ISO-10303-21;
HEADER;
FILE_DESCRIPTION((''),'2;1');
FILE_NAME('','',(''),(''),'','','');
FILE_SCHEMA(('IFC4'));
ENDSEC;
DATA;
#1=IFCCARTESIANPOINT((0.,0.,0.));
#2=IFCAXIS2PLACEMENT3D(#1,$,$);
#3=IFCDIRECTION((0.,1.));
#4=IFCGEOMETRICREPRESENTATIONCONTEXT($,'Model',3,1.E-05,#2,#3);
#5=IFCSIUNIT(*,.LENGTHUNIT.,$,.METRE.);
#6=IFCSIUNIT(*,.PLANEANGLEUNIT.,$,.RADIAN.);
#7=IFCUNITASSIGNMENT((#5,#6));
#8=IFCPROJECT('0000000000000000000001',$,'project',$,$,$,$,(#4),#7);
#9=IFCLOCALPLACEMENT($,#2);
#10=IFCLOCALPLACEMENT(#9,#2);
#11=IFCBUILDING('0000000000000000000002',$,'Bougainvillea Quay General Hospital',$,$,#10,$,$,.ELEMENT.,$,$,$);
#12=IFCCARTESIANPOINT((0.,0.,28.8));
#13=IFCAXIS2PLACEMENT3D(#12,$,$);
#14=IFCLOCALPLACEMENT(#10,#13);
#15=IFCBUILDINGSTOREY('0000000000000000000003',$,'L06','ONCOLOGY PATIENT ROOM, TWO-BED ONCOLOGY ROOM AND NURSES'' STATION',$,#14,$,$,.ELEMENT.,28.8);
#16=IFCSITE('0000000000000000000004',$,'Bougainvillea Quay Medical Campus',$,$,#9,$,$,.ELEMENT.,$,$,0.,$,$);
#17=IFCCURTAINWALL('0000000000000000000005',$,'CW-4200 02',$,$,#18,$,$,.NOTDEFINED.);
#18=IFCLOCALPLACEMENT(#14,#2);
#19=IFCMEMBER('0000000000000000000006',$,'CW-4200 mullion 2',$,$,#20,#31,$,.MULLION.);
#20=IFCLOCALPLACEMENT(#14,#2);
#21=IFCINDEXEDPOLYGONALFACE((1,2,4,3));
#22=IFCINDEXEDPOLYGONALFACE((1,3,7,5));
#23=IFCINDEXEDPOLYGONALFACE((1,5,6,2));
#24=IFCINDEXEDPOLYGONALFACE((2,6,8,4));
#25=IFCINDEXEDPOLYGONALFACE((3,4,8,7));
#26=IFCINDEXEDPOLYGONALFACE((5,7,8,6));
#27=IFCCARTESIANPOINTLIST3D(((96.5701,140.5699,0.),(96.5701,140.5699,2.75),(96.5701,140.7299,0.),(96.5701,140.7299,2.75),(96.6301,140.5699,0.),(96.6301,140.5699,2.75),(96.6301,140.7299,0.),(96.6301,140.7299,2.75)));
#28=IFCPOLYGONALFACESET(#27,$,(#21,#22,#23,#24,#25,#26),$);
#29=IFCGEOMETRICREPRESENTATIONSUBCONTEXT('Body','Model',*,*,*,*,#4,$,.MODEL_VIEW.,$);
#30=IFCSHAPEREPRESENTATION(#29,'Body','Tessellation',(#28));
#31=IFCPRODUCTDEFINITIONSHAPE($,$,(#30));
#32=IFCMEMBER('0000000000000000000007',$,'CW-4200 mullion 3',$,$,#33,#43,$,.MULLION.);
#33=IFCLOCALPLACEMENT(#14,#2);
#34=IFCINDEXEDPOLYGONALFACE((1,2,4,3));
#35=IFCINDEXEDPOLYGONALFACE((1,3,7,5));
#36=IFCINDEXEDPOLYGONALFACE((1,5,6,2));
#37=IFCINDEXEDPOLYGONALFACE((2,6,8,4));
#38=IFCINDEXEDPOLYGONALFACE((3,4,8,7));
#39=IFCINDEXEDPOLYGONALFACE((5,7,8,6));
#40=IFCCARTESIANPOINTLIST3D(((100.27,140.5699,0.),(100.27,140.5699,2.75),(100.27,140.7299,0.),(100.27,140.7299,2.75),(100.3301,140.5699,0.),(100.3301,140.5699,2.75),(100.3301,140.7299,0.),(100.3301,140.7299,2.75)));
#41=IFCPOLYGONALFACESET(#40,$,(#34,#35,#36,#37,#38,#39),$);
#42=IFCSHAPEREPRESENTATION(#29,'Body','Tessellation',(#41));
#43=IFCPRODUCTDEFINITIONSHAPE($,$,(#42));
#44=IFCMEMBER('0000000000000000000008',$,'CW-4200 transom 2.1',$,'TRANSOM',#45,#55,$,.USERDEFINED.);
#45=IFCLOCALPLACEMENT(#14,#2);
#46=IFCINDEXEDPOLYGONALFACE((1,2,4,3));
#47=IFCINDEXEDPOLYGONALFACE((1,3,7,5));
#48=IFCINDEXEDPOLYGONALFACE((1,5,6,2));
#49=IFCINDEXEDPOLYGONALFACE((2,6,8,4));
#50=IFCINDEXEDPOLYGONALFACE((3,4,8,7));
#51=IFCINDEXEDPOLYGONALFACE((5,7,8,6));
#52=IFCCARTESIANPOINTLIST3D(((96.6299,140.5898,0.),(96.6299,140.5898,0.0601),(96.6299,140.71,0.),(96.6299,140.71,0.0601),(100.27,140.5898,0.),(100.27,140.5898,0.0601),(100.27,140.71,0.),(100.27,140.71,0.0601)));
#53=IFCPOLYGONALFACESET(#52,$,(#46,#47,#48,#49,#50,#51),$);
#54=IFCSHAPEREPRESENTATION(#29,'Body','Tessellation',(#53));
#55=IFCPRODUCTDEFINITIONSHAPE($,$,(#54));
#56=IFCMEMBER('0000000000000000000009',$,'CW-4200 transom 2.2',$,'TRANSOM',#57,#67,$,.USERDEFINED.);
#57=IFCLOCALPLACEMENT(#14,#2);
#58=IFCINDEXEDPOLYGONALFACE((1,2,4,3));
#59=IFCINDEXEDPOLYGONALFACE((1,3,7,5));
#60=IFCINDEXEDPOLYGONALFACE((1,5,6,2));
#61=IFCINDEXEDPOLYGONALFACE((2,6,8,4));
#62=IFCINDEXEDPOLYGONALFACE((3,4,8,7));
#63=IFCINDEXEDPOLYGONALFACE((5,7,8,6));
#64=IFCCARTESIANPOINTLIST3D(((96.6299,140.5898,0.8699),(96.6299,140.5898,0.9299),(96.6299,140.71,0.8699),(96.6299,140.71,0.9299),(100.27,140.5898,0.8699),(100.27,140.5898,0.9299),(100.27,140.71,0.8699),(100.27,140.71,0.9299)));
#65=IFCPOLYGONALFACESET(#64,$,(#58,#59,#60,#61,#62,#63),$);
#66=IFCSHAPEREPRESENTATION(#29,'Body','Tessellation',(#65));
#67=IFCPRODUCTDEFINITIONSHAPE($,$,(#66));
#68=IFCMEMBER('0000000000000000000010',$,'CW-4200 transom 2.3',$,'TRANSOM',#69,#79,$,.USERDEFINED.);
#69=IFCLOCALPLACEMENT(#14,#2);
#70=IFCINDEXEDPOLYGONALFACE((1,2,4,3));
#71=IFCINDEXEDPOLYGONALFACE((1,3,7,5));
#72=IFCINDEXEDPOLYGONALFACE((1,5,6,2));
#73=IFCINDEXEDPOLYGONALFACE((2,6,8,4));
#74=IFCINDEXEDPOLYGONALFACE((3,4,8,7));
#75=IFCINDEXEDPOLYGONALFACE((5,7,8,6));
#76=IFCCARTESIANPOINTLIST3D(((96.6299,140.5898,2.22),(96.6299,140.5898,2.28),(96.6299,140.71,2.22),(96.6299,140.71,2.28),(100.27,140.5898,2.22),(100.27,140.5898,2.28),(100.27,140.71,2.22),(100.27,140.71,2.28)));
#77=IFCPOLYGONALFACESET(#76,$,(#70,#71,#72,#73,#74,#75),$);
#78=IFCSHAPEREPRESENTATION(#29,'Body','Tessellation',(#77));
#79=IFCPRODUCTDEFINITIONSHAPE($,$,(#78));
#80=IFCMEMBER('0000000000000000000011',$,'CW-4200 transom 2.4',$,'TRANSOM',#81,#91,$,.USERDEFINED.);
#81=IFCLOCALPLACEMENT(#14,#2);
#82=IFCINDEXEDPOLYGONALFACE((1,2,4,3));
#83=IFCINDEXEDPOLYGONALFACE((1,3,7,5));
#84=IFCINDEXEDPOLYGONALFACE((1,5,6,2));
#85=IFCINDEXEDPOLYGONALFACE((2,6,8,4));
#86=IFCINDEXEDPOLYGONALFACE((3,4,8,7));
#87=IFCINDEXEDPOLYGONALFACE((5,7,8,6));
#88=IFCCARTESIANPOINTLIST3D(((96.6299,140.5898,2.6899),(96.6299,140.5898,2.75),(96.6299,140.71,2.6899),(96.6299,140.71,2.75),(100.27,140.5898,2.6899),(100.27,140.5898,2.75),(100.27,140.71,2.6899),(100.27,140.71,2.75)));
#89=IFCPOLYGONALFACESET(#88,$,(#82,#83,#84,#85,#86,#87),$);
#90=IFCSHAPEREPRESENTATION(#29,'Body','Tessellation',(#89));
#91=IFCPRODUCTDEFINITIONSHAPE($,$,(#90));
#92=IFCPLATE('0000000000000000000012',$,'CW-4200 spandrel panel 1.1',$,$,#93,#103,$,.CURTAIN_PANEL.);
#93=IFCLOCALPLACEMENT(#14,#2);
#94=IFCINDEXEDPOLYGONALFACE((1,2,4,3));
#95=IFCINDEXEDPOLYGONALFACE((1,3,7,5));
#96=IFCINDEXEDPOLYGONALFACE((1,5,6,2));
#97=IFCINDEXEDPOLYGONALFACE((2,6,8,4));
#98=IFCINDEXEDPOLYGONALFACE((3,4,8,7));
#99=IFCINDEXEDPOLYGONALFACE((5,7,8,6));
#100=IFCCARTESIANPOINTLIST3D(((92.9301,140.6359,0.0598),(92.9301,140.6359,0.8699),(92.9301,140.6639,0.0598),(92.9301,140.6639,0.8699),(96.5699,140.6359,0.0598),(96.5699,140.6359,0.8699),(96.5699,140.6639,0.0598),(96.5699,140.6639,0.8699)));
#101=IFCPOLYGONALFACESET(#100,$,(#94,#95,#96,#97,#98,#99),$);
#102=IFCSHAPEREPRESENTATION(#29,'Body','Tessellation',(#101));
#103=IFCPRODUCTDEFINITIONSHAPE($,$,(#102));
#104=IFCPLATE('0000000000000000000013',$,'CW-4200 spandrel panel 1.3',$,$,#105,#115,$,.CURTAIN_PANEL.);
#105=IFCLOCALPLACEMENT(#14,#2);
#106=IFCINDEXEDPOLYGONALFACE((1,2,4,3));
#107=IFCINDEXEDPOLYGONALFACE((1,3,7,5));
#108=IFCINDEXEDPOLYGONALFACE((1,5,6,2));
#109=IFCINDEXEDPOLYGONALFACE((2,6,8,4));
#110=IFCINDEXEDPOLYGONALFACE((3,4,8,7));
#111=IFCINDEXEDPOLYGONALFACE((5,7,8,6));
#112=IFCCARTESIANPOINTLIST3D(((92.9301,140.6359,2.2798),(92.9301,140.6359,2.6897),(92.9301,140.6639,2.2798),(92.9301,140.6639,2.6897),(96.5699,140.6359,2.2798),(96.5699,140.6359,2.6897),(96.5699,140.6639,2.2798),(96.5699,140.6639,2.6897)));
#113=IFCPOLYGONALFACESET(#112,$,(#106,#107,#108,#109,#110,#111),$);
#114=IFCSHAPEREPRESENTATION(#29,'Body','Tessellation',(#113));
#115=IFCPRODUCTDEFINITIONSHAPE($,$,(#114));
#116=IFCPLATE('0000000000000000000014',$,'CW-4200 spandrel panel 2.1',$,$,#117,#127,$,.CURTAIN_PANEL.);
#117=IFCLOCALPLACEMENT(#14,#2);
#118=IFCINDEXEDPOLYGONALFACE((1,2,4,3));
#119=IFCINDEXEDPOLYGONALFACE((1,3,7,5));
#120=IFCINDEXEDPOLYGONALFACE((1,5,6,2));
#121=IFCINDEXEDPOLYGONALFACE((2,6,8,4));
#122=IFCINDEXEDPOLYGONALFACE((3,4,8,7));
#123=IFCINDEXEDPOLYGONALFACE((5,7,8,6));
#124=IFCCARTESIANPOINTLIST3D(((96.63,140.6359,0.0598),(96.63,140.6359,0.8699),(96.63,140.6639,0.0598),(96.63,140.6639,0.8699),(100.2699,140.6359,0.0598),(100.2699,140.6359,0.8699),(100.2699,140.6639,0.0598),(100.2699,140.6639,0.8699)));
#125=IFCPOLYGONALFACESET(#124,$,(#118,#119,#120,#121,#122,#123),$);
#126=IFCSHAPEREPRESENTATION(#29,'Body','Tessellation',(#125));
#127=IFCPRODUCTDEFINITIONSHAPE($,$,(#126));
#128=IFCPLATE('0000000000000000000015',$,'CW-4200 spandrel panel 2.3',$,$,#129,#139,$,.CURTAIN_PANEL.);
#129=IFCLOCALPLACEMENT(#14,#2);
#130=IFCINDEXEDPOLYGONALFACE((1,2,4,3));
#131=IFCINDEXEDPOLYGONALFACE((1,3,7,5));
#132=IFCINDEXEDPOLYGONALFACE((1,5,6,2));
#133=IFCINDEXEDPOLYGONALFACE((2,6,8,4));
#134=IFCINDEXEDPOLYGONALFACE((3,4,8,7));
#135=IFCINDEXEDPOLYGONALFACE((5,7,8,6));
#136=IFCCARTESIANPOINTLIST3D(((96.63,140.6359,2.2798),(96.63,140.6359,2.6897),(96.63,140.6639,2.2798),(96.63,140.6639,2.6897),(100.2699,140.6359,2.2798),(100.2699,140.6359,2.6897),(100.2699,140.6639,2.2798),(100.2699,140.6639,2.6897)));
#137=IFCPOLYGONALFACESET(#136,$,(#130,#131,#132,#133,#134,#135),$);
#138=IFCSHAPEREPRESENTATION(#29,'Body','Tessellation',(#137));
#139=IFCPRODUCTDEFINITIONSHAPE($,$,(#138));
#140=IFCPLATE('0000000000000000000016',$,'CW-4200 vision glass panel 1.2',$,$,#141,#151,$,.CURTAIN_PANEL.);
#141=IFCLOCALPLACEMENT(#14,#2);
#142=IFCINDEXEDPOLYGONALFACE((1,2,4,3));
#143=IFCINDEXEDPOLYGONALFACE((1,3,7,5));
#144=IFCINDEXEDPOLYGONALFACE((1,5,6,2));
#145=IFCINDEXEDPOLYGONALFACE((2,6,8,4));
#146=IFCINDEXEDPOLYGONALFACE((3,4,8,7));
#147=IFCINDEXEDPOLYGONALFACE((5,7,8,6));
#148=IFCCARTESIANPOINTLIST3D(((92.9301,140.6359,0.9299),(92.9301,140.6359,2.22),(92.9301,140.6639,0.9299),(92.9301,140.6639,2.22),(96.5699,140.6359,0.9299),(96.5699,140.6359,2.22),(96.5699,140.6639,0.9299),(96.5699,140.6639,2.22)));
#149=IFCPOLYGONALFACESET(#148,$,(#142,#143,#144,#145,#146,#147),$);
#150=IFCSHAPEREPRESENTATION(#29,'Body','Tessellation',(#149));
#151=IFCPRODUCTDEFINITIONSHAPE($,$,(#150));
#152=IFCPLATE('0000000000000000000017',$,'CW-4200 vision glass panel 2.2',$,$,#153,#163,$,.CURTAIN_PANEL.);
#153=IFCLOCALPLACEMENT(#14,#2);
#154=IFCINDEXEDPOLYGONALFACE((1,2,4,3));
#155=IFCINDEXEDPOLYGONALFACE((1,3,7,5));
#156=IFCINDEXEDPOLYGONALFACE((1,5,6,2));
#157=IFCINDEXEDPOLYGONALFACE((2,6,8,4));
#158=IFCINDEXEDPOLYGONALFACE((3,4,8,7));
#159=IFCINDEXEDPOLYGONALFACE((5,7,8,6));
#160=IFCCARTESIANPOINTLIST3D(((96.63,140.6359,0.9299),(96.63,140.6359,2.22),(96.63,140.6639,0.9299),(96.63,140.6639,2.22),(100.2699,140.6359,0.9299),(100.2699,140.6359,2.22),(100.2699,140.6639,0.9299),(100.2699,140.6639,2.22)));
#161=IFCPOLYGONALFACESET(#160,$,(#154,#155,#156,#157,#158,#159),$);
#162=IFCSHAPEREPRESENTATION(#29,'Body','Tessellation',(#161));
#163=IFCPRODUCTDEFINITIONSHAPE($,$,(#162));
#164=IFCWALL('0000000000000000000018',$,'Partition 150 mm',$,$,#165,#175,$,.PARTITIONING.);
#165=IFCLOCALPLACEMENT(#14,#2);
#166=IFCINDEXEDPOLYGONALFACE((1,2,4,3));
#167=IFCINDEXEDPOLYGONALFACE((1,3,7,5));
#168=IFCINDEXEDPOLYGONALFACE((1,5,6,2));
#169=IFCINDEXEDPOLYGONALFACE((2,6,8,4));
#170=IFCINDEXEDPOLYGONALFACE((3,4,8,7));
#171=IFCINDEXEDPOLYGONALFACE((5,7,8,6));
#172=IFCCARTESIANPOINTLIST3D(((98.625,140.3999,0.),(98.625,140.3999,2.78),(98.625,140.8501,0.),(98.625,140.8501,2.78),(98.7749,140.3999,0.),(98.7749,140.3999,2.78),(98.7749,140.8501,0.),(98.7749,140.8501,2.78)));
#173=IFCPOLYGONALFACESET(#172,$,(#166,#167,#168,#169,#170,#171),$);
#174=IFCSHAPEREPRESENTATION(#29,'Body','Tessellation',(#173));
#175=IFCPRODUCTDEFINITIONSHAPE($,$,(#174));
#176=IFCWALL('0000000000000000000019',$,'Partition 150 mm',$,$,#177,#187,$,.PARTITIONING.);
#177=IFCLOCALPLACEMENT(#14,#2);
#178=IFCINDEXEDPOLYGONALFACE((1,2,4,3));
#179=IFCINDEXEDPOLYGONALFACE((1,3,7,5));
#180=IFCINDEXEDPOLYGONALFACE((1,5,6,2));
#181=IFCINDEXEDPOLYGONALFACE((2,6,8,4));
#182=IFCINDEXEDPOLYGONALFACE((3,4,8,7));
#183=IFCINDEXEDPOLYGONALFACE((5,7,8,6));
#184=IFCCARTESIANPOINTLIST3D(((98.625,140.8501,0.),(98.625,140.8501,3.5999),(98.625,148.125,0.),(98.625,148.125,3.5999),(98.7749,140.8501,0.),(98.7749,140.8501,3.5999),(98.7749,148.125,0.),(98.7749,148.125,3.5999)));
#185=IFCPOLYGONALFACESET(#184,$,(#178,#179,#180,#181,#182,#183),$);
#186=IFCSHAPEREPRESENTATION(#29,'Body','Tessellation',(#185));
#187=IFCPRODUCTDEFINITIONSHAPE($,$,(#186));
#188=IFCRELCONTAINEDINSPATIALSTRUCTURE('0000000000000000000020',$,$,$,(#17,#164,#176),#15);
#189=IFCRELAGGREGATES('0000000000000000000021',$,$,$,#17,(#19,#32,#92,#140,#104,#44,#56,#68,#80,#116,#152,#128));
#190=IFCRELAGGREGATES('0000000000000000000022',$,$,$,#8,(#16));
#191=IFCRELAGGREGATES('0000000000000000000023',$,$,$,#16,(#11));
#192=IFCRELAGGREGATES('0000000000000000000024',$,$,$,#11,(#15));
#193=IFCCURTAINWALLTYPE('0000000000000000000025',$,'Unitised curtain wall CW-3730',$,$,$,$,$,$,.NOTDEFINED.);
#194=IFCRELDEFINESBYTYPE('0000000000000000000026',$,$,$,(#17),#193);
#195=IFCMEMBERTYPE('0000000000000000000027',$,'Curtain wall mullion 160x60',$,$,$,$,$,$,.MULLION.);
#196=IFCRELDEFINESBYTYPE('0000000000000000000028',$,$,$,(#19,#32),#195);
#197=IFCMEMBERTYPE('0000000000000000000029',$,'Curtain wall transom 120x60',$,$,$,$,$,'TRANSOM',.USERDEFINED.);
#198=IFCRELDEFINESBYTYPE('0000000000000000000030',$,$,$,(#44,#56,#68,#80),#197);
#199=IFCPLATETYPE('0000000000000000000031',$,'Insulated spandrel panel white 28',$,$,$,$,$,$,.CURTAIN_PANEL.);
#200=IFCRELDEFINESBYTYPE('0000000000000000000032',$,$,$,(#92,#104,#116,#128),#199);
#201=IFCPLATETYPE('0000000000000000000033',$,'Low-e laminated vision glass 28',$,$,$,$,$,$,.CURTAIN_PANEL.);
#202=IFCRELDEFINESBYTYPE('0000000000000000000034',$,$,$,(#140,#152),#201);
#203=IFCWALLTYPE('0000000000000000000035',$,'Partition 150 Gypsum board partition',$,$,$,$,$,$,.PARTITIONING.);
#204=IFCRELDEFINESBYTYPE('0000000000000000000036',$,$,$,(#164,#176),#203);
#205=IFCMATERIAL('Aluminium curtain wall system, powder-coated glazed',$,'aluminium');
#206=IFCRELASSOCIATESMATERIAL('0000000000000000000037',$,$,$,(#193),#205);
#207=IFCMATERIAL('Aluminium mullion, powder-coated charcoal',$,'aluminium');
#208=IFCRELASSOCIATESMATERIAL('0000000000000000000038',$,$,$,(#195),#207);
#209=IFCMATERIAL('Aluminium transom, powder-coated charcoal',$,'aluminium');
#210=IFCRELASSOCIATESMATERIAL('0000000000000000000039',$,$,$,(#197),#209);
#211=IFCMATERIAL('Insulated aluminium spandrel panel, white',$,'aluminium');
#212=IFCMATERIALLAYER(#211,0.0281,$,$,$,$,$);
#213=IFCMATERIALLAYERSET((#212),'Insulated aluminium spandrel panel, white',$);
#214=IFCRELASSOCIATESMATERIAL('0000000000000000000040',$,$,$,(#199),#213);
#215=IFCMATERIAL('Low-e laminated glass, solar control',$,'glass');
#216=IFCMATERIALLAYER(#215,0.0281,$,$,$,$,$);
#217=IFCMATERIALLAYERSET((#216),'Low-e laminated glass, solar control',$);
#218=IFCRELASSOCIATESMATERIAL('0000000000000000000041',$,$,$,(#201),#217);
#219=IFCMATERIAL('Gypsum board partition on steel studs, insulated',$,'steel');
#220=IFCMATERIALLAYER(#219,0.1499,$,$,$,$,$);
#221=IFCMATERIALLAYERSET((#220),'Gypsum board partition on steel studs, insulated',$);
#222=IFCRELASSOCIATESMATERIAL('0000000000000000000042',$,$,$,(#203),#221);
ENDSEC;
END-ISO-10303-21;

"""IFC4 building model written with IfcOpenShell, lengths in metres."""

from ifc_helpers import new_model, si_unit, direction, frame, frame_2d, origin, origin_2d, place, context, subcontext, project, spatial, rectangle, extrude, material, layer, layer_set, material_profile, profile_set, type_object, element, aggregate, save


model = new_model("IFC4")

# Units and contexts
model_context = context("Model", 3, precision=1e-05, world=origin(), true_north=direction((0.0, 1.0)))
body_context = subcontext(model_context, "Body", "Model", "MODEL_VIEW")
ifc_project = project(units=[si_unit("LENGTHUNIT", "METRE"), si_unit("PLANEANGLEUNIT", "RADIAN")], contexts=[model_context])

# Site, building, storey
site_placement = place(None, origin())
site = spatial("IfcSite", under=ifc_project, at=site_placement, Name="Bougainvillea Quay Medical Campus", CompositionType="ELEMENT", RefElevation=0.0)
building_placement = place(site_placement, origin())
building = spatial("IfcBuilding", under=site, at=building_placement, Name="Bougainvillea Quay General Hospital", CompositionType="ELEMENT")
storey_placement = place(building_placement, frame((0.0, 0.0, 28.8)))
storey = spatial("IfcBuildingStorey", under=building, at=storey_placement, Name="L06", Description="ONCOLOGY PATIENT ROOM, TWO-BED ONCOLOGY ROOM AND NURSES' STATION", CompositionType="ELEMENT", Elevation=28.8)

# Curtain wall, members, plates
ifc_material_1 = material(Name="Aluminium curtain wall system, powder-coated glazed", Category="aluminium")
curtain_wall_type = type_object("IfcCurtainWallType", Name="Unitised curtain wall CW-3730", PredefinedType="NOTDEFINED", material=ifc_material_1)
curtain_wall_placement = place(storey_placement, origin())
curtain_wall = element("IfcCurtainWall", 1, at=curtain_wall_placement, inside=storey, type_object=curtain_wall_type, Name="CW-4200 02", PredefinedType="NOTDEFINED")
ifc_material_2 = material(Name="Aluminium mullion, powder-coated charcoal", Category="aluminium")
ifc_material_profile_1 = material_profile(ifc_material_2, rectangle(XDim=0.1599, YDim=0.0601, at=origin_2d()))
ifc_profile_set_1 = profile_set([ifc_material_profile_1], Name="Aluminium mullion, powder-coated charcoal")
member_type_1 = type_object("IfcMemberType", Name="Curtain wall mullion 160x60", PredefinedType="MULLION", material=ifc_profile_set_1)
member_1_placement = place(storey_placement, frame((96.6001, 140.6499, 0.0), z_axis=(0.0, 0.0, 1.0), x_axis=(0.0, 1.0, 0.0)))
member_1 = element("IfcMember", 2, at=member_1_placement, type_object=member_type_1, Name="CW-4200 mullion 2", PredefinedType="MULLION", context=body_context, shape_type="SweptSolid", body=[
    extrude(rectangle(XDim=0.1599, YDim=0.0601, at=origin_2d()), origin(), (0.0, 0.0, 1.0), 2.75),
])
member_2_placement = place(storey_placement, frame((100.3, 140.6499, 0.0), z_axis=(0.0, 0.0, 1.0), x_axis=(0.0, 1.0, 0.0)))
member_2 = element("IfcMember", 3, at=member_2_placement, type_object=member_type_1, Name="CW-4200 mullion 3", PredefinedType="MULLION", context=body_context, shape_type="SweptSolid", body=[
    extrude(rectangle(XDim=0.1599, YDim=0.0601, at=origin_2d()), origin(), (0.0, 0.0, 1.0), 2.75),
])
ifc_material_3 = material(Name="Aluminium transom, powder-coated charcoal", Category="aluminium")
ifc_material_profile_2 = material_profile(ifc_material_3, rectangle(XDim=0.1201, YDim=0.0601, at=origin_2d()))
ifc_profile_set_2 = profile_set([ifc_material_profile_2], Name="Aluminium transom, powder-coated charcoal")
member_type_2 = type_object("IfcMemberType", Name="Curtain wall transom 120x60", ElementType="TRANSOM", PredefinedType="USERDEFINED", material=ifc_profile_set_2)
member_3_placement = place(storey_placement, frame((96.6299, 140.6499, 0.03), z_axis=(1.0, 0.0, 0.0), x_axis=(0.0, 1.0, 0.0)))
member_3 = element("IfcMember", 4, at=member_3_placement, type_object=member_type_2, Name="CW-4200 transom 2.1", ObjectType="TRANSOM", PredefinedType="USERDEFINED", context=body_context, shape_type="SweptSolid", body=[
    extrude(rectangle(XDim=0.1201, YDim=0.0601, at=origin_2d()), origin(), (0.0, 0.0, 1.0), 3.6401),
])
member_4_placement = place(storey_placement, frame((96.6299, 140.6499, 0.8999), z_axis=(1.0, 0.0, 0.0), x_axis=(0.0, 1.0, 0.0)))
member_4 = element("IfcMember", 5, at=member_4_placement, type_object=member_type_2, Name="CW-4200 transom 2.2", ObjectType="TRANSOM", PredefinedType="USERDEFINED", context=body_context, shape_type="SweptSolid", body=[
    extrude(rectangle(XDim=0.1201, YDim=0.0601, at=origin_2d()), origin(), (0.0, 0.0, 1.0), 3.6401),
])
member_5_placement = place(storey_placement, frame((96.6299, 140.6499, 2.25), z_axis=(1.0, 0.0, 0.0), x_axis=(0.0, 1.0, 0.0)))
member_5 = element("IfcMember", 6, at=member_5_placement, type_object=member_type_2, Name="CW-4200 transom 2.3", ObjectType="TRANSOM", PredefinedType="USERDEFINED", context=body_context, shape_type="SweptSolid", body=[
    extrude(rectangle(XDim=0.1201, YDim=0.0601, at=origin_2d()), origin(), (0.0, 0.0, 1.0), 3.6401),
])
member_6_placement = place(storey_placement, frame((96.6299, 140.6499, 2.72), z_axis=(1.0, 0.0, 0.0), x_axis=(0.0, 1.0, 0.0)))
member_6 = element("IfcMember", 7, at=member_6_placement, type_object=member_type_2, Name="CW-4200 transom 2.4", ObjectType="TRANSOM", PredefinedType="USERDEFINED", context=body_context, shape_type="SweptSolid", body=[
    extrude(rectangle(XDim=0.1201, YDim=0.0601, at=origin_2d()), origin(), (0.0, 0.0, 1.0), 3.6401),
])
ifc_material_4 = material(Name="Insulated aluminium spandrel panel, white", Category="aluminium")
ifc_layer_1 = layer(ifc_material_4, 0.0281)
ifc_layer_set_1 = layer_set([ifc_layer_1], Name="Insulated aluminium spandrel panel, white")
plate_type_1 = type_object("IfcPlateType", Name="Insulated spandrel panel white 28", PredefinedType="CURTAIN_PANEL", material=ifc_layer_set_1)
plate_1_placement = place(storey_placement, frame((94.75, 140.6499, 0.0598), z_axis=(0.0, 0.0, 1.0), x_axis=(1.0, 0.0, 0.0)))
plate_1 = element("IfcPlate", 8, at=plate_1_placement, type_object=plate_type_1, Name="CW-4200 spandrel panel 1.1", PredefinedType="CURTAIN_PANEL", context=body_context, shape_type="SweptSolid", body=[
    extrude(rectangle(XDim=3.6399, YDim=0.0281, at=origin_2d()), origin(), (0.0, 0.0, 1.0), 0.8101),
])
plate_2_placement = place(storey_placement, frame((94.75, 140.6499, 2.2798), z_axis=(0.0, 0.0, 1.0), x_axis=(1.0, 0.0, 0.0)))
plate_2 = element("IfcPlate", 9, at=plate_2_placement, type_object=plate_type_1, Name="CW-4200 spandrel panel 1.3", PredefinedType="CURTAIN_PANEL", context=body_context, shape_type="SweptSolid", body=[
    extrude(rectangle(XDim=3.6399, YDim=0.0281, at=origin_2d()), origin(), (0.0, 0.0, 1.0), 0.4099),
])
plate_3_placement = place(storey_placement, frame((98.45, 140.6499, 0.0598), z_axis=(0.0, 0.0, 1.0), x_axis=(1.0, 0.0, 0.0)))
plate_3 = element("IfcPlate", 10, at=plate_3_placement, type_object=plate_type_1, Name="CW-4200 spandrel panel 2.1", PredefinedType="CURTAIN_PANEL", context=body_context, shape_type="SweptSolid", body=[
    extrude(rectangle(XDim=3.6399, YDim=0.0281, at=origin_2d()), origin(), (0.0, 0.0, 1.0), 0.8101),
])
plate_4_placement = place(storey_placement, frame((98.45, 140.6499, 2.2798), z_axis=(0.0, 0.0, 1.0), x_axis=(1.0, 0.0, 0.0)))
plate_4 = element("IfcPlate", 11, at=plate_4_placement, type_object=plate_type_1, Name="CW-4200 spandrel panel 2.3", PredefinedType="CURTAIN_PANEL", context=body_context, shape_type="SweptSolid", body=[
    extrude(rectangle(XDim=3.6399, YDim=0.0281, at=origin_2d()), origin(), (0.0, 0.0, 1.0), 0.4099),
])
ifc_material_5 = material(Name="Low-e laminated glass, solar control", Category="glass")
ifc_layer_2 = layer(ifc_material_5, 0.0281)
ifc_layer_set_2 = layer_set([ifc_layer_2], Name="Low-e laminated glass, solar control")
plate_type_2 = type_object("IfcPlateType", Name="Low-e laminated vision glass 28", PredefinedType="CURTAIN_PANEL", material=ifc_layer_set_2)
plate_5_placement = place(storey_placement, frame((94.75, 140.6499, 0.9299), z_axis=(0.0, 0.0, 1.0), x_axis=(1.0, 0.0, 0.0)))
plate_5 = element("IfcPlate", 12, at=plate_5_placement, type_object=plate_type_2, Name="CW-4200 vision glass panel 1.2", PredefinedType="CURTAIN_PANEL", context=body_context, shape_type="SweptSolid", body=[
    extrude(rectangle(XDim=3.6399, YDim=0.0281, at=origin_2d()), origin(), (0.0, 0.0, 1.0), 1.29),
])
plate_6_placement = place(storey_placement, frame((98.45, 140.6499, 0.9299), z_axis=(0.0, 0.0, 1.0), x_axis=(1.0, 0.0, 0.0)))
plate_6 = element("IfcPlate", 13, at=plate_6_placement, type_object=plate_type_2, Name="CW-4200 vision glass panel 2.2", PredefinedType="CURTAIN_PANEL", context=body_context, shape_type="SweptSolid", body=[
    extrude(rectangle(XDim=3.6399, YDim=0.0281, at=origin_2d()), origin(), (0.0, 0.0, 1.0), 1.29),
])
aggregate(curtain_wall, [member_1, member_2, plate_1, plate_5, plate_2, member_3, member_4, member_5, member_6, plate_3, plate_6, plate_4])

# Walls
ifc_material_6 = material(Name="Gypsum board partition on steel studs, insulated", Category="steel")
ifc_layer_3 = layer(ifc_material_6, 0.1499)
ifc_layer_set_3 = layer_set([ifc_layer_3], Name="Gypsum board partition on steel studs, insulated")
wall_type = type_object("IfcWallType", Name="Partition 150 Gypsum board partition", PredefinedType="PARTITIONING", material=ifc_layer_set_3)
wall_1_placement = place(storey_placement, frame((98.7, 140.3999, 0.0), z_axis=(0.0, 0.0, 1.0), x_axis=(0.0, 1.0, 0.0)))
element("IfcWall", 14, at=wall_1_placement, inside=storey, type_object=wall_type, Name="Partition 150 mm", PredefinedType="PARTITIONING", context=body_context, shape_type="SweptSolid", body=[
    extrude(rectangle(XDim=0.4502, YDim=0.1499, at=frame_2d((0.2251, 0.0))), origin(), (0.0, 0.0, 1.0), 2.78),
])
wall_2_placement = place(storey_placement, frame((98.7, 140.8501, 0.0), z_axis=(0.0, 0.0, 1.0), x_axis=(0.0, 1.0, 0.0)))
element("IfcWall", 15, at=wall_2_placement, inside=storey, type_object=wall_type, Name="Partition 150 mm", PredefinedType="PARTITIONING", context=body_context, shape_type="SweptSolid", body=[
    extrude(rectangle(XDim=7.2749, YDim=0.1499, at=frame_2d((3.6375, 0.0))), origin(), (0.0, 0.0, 1.0), 3.5999),
])

save(model, "model.ifc")
